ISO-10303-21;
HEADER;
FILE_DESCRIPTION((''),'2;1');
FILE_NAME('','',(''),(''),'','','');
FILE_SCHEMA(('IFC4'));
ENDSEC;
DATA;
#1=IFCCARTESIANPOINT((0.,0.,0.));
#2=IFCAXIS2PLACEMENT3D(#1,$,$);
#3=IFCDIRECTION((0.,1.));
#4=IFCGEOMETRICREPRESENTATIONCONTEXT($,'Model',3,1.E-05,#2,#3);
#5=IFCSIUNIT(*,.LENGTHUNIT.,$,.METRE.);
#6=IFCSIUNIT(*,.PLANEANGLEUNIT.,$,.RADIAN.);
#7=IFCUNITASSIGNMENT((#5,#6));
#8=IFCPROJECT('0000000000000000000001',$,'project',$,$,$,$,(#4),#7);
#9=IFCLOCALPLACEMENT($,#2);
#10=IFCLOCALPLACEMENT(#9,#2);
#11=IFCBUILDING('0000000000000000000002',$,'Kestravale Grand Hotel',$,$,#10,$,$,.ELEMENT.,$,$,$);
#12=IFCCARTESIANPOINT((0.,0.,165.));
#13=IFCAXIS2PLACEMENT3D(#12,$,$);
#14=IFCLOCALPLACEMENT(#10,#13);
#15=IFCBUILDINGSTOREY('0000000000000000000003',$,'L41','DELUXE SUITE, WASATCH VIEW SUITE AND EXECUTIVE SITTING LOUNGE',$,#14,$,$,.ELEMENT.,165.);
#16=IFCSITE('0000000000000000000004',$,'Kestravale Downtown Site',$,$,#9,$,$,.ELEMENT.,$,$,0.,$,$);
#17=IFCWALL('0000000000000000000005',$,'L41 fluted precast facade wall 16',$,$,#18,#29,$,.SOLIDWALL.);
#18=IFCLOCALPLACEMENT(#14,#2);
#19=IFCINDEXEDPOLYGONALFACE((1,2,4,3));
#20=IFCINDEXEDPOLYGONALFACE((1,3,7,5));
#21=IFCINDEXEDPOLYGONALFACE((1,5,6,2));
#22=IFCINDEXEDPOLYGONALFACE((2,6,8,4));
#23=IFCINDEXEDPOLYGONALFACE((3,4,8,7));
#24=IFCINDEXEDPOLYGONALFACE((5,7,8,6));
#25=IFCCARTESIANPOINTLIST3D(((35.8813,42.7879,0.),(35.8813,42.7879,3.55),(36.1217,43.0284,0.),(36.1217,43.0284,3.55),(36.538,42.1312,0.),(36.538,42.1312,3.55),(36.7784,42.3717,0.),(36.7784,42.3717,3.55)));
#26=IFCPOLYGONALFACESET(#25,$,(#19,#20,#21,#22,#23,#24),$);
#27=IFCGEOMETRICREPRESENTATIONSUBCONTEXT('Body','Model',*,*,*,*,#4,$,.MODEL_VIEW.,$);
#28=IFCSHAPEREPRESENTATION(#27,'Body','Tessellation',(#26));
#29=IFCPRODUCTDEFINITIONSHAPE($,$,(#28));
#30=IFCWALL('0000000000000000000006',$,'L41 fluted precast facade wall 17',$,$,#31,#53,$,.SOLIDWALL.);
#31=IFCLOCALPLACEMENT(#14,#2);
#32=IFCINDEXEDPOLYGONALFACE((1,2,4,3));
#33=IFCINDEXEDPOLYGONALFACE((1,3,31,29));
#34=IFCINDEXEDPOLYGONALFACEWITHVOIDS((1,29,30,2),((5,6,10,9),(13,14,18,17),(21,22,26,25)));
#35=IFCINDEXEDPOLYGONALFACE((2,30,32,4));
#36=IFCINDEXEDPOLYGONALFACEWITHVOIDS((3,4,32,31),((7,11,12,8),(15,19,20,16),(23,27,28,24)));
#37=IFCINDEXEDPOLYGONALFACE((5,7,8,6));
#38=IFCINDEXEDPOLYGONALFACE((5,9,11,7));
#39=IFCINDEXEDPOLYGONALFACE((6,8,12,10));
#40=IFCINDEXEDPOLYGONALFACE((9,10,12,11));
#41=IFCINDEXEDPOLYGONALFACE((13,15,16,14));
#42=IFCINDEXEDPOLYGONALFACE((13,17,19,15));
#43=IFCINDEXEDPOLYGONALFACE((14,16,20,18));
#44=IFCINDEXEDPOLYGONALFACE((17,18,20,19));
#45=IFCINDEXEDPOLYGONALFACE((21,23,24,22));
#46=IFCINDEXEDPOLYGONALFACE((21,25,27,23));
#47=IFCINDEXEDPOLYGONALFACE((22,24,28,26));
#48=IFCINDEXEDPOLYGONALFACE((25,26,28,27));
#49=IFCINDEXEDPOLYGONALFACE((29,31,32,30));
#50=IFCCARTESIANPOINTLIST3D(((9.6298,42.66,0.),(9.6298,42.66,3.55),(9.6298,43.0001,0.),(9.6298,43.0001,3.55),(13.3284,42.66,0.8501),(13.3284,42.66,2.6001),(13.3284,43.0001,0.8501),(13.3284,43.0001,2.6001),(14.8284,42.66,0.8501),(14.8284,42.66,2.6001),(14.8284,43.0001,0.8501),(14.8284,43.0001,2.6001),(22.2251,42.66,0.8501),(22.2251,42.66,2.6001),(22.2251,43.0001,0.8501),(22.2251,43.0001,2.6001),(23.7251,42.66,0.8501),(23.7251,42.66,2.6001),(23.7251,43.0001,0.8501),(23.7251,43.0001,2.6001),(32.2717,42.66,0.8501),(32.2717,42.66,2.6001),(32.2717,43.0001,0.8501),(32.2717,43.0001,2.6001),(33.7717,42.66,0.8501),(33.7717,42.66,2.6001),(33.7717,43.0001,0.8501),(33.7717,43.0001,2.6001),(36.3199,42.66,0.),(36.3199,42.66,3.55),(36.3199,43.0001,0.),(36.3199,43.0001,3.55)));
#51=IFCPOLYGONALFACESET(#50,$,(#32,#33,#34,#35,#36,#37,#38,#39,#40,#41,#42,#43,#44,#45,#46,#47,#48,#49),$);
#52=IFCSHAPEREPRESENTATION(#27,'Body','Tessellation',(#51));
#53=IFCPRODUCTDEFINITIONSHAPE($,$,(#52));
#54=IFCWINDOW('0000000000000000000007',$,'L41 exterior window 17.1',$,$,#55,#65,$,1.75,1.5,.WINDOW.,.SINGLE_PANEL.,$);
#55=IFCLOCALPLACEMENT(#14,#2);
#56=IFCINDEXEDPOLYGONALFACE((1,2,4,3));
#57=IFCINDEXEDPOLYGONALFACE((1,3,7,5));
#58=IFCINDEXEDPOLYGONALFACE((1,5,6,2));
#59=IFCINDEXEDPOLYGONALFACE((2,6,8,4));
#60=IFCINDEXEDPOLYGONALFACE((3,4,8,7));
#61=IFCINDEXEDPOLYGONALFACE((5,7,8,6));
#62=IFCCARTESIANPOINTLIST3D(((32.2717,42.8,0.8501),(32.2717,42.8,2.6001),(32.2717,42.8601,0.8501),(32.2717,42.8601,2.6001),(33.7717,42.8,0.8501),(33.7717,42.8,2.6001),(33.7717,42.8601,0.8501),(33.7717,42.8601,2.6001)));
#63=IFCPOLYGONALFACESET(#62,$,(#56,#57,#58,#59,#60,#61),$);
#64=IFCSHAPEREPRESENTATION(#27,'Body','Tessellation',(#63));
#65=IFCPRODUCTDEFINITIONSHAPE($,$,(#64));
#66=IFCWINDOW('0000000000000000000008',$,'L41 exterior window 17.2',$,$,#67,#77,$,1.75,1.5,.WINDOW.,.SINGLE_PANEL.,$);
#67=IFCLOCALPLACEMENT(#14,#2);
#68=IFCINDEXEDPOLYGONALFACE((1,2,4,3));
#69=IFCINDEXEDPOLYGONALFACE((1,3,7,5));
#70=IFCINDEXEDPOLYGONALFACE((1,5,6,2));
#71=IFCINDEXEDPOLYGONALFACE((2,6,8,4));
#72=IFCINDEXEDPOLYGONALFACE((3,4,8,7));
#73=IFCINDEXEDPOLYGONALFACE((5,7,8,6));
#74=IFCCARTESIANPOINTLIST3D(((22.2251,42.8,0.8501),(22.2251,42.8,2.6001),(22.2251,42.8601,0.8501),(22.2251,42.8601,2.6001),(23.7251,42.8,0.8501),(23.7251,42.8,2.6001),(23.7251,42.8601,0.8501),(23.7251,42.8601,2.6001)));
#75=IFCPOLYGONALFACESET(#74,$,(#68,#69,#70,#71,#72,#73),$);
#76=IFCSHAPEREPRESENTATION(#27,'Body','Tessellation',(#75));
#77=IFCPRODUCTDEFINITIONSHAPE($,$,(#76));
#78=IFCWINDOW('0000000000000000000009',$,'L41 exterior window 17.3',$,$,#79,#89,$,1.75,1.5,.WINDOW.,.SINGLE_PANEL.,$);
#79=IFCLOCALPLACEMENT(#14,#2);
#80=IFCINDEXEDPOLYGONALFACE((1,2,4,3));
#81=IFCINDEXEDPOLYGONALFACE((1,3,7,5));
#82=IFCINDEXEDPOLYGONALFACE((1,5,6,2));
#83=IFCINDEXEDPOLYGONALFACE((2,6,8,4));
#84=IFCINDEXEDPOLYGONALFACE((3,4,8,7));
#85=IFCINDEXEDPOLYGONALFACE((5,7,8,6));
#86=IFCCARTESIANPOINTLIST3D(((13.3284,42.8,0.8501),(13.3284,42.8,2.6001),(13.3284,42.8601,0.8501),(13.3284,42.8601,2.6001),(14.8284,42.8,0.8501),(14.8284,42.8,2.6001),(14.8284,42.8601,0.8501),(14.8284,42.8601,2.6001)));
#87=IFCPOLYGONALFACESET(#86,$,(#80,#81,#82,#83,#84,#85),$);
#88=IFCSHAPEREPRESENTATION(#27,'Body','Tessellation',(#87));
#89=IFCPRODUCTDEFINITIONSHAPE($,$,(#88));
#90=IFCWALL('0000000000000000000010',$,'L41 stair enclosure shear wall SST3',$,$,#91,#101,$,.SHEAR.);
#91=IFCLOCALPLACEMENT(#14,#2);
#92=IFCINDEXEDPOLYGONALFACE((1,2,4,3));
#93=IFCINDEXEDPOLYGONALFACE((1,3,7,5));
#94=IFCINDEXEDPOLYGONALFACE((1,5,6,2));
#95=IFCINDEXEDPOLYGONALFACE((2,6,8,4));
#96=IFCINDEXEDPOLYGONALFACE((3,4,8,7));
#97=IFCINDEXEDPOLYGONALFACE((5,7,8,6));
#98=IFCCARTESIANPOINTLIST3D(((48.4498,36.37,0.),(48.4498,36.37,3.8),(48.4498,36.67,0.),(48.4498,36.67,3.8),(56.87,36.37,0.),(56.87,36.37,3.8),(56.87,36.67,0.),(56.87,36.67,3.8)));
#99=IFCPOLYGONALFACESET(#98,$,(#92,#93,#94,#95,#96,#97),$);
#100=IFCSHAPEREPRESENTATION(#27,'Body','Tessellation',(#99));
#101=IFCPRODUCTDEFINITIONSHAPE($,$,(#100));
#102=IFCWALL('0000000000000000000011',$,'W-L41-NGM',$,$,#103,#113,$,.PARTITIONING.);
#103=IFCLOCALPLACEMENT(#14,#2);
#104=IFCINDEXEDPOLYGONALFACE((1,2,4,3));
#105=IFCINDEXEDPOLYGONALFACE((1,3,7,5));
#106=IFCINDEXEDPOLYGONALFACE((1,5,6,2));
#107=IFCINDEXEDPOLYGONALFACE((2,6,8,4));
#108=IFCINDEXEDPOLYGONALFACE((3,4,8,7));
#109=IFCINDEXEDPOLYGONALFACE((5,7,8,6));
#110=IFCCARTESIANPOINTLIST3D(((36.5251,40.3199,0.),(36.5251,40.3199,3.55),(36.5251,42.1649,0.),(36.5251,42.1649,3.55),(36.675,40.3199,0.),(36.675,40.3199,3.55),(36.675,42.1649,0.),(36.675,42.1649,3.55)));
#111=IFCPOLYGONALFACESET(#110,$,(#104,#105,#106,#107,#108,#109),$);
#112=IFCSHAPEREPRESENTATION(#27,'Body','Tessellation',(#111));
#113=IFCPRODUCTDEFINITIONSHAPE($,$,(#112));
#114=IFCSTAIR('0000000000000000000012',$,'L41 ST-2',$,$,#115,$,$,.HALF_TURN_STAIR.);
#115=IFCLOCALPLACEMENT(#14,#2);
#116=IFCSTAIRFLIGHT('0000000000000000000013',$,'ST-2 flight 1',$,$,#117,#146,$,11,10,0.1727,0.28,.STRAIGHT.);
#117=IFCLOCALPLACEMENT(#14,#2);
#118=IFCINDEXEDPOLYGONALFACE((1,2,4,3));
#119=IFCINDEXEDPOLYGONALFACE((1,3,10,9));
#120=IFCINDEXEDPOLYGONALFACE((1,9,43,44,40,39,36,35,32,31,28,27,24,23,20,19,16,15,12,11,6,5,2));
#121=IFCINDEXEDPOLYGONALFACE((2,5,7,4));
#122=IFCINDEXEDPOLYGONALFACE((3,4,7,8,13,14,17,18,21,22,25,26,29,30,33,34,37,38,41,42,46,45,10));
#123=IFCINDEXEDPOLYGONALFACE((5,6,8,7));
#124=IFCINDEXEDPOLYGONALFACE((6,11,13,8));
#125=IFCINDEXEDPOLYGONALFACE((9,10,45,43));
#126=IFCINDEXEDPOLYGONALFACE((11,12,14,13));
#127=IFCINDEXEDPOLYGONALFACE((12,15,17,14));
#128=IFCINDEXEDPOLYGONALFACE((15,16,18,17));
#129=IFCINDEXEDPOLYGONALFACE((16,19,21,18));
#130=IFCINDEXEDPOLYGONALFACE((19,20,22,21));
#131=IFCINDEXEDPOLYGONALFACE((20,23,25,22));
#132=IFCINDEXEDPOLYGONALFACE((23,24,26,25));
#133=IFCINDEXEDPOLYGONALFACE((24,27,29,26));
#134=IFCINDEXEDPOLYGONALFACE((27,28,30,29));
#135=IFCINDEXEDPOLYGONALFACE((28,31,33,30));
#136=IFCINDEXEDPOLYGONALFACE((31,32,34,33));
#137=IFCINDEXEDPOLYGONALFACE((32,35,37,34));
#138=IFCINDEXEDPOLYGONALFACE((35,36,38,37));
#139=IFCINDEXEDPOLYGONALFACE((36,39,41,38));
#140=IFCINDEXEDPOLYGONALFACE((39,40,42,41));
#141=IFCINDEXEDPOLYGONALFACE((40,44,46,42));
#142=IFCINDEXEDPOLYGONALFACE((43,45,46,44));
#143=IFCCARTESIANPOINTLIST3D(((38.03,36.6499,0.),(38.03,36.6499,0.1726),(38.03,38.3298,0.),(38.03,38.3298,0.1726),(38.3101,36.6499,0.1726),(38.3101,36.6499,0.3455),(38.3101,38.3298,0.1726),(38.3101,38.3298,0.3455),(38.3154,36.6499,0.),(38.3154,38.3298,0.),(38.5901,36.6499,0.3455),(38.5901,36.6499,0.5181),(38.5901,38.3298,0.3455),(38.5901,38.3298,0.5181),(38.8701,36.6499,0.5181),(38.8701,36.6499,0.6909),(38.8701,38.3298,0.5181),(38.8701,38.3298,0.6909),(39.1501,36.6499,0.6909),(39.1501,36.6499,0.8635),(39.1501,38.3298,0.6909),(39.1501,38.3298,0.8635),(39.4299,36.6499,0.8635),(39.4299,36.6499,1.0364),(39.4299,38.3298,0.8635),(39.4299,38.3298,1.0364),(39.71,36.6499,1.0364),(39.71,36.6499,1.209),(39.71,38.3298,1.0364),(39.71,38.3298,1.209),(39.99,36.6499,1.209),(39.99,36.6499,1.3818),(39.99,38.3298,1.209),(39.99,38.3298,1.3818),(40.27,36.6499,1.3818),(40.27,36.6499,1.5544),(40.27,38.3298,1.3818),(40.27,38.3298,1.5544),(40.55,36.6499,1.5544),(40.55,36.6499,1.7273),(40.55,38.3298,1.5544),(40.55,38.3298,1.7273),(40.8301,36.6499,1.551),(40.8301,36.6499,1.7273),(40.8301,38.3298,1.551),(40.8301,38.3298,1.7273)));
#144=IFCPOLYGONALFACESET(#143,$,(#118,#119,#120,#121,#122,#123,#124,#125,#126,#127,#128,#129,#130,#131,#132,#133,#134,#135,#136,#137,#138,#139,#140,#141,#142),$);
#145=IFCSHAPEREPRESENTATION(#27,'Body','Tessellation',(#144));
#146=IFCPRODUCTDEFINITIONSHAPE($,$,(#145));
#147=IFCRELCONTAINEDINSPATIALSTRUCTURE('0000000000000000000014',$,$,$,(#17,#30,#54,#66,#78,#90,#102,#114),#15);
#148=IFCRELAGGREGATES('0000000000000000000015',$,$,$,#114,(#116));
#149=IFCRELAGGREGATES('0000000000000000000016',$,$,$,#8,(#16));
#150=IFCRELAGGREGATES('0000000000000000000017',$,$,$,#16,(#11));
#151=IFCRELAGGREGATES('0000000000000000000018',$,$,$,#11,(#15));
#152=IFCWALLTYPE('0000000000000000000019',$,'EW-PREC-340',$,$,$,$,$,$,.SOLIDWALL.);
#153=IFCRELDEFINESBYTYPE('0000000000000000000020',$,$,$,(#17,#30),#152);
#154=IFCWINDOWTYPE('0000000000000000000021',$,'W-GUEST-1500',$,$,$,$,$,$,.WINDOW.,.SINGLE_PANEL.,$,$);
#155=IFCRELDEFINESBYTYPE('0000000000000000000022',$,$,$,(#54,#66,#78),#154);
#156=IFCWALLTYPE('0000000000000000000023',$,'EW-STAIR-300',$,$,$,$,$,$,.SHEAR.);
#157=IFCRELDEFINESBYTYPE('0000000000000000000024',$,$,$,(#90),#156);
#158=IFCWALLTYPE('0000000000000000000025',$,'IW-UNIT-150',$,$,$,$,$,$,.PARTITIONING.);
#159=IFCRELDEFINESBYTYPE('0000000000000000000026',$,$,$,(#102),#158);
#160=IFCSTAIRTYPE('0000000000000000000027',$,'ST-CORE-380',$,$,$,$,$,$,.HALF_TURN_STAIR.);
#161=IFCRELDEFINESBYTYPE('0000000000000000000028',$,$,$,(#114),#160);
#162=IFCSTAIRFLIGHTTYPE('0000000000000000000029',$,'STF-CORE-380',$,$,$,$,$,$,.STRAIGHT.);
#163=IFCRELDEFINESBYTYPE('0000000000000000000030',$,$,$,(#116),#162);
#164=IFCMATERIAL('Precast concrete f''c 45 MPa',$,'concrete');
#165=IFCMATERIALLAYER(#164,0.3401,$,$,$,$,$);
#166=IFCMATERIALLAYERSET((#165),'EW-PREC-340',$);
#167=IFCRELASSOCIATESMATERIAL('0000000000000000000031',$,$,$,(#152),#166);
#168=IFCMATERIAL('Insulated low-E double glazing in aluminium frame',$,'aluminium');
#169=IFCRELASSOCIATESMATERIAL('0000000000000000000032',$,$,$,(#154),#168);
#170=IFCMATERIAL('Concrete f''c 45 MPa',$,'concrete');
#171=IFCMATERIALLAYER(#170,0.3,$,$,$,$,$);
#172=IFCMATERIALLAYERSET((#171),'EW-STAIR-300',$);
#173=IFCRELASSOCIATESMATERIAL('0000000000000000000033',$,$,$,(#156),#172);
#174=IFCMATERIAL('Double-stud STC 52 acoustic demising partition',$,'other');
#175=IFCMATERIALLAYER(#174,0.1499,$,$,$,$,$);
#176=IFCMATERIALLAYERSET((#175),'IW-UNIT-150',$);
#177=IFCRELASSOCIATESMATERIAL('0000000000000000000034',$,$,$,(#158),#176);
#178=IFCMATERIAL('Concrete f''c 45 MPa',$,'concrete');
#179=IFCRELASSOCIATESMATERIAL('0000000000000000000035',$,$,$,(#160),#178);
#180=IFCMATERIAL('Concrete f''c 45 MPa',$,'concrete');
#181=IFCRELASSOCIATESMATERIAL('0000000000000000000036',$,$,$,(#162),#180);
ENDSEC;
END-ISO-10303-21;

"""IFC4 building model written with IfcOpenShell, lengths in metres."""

from ifc_helpers import new_model, si_unit, direction, frame, frame_2d, origin, place, context, subcontext, project, spatial, polyline, rectangle, outline, extrude, material, layer, layer_set, type_object, element, fill, aggregate, save


model = new_model("IFC4")

# Units and contexts
model_context = context("Model", 3, precision=1e-05, world=origin(), true_north=direction((0.0, 1.0)))
body_context = subcontext(model_context, "Body", "Model", "MODEL_VIEW")
ifc_project = project(units=[si_unit("LENGTHUNIT", "METRE"), si_unit("PLANEANGLEUNIT", "RADIAN")], contexts=[model_context])

# Site, building, storey
site_placement = place(None, origin())
site = spatial("IfcSite", under=ifc_project, at=site_placement, Name="Kestravale Downtown Site", CompositionType="ELEMENT", RefElevation=0.0)
building_placement = place(site_placement, origin())
building = spatial("IfcBuilding", under=site, at=building_placement, Name="Kestravale Grand Hotel", CompositionType="ELEMENT")
storey_placement = place(building_placement, frame((0.0, 0.0, 165.0)))
storey = spatial("IfcBuildingStorey", under=building, at=storey_placement, Name="L41", Description="DELUXE SUITE, WASATCH VIEW SUITE AND EXECUTIVE SITTING LOUNGE", CompositionType="ELEMENT", Elevation=165.0)

# Shared definitions
ifc_material_1 = material(Name="Precast concrete f'c 45 MPa", Category="concrete")
ifc_layer_1 = layer(ifc_material_1, 0.3401)
ifc_layer_set_1 = layer_set([ifc_layer_1], Name="EW-PREC-340")
wall_type_1 = type_object("IfcWallType", Name="EW-PREC-340", PredefinedType="SOLIDWALL", material=ifc_layer_set_1)

# Shared definitions
ifc_material_2 = material(Name="Insulated low-E double glazing in aluminium frame", Category="aluminium")
window_type = type_object("IfcWindowType", Name="W-GUEST-1500", PartitioningType="SINGLE_PANEL", PredefinedType="WINDOW", material=ifc_material_2)

# Wall
wall_1_placement = place(storey_placement, frame((36.6582, 42.2515, 0.0), z_axis=(0.0, 0.0, 1.0), x_axis=(-0.707107, 0.707107, 0.0)))
element("IfcWall", 1, at=wall_1_placement, inside=storey, type_object=wall_type_1, Name="L41 fluted precast facade wall 16", PredefinedType="SOLIDWALL", context=body_context, shape_type="SweptSolid", body=[
    extrude(rectangle(XDim=0.9287, YDim=0.3401, at=frame_2d((0.4644, 0.0))), origin(), (0.0, 0.0, 1.0), 3.55),
])

# Wall, openings, windows
wall_2_placement = place(storey_placement, frame((36.3201, 42.8301, 0.0), z_axis=(0.0, 0.0, 1.0), x_axis=(-1.0, 0.0, 0.0)))
wall_2 = element("IfcWall", 2, at=wall_2_placement, inside=storey, type_object=wall_type_1, Name="L41 fluted precast facade wall 17", PredefinedType="SOLIDWALL", context=body_context, shape_type="SweptSolid", body=[
    extrude(rectangle(XDim=26.6902, YDim=0.3401, at=frame_2d((13.3452, 0.0))), origin(), (0.0, 0.0, 1.0), 3.55),
])
opening_1_placement = place(wall_2_placement, frame((2.5483, 0.0, 0.8501)))
opening_1 = element("IfcOpeningElement", 3, at=opening_1_placement, cuts=wall_2, PredefinedType="OPENING", context=body_context, shape_type="SweptSolid", body=[
    extrude(rectangle(XDim=1.5, YDim=1.75, at=frame_2d((0.75, 0.875))), frame((0.0, 0.1799, 0.0), z_axis=(0.0, -1.0, 0.0), x_axis=(1.0, 0.0, 0.0)), (0.0, 0.0, 1.0), 0.3601),
])
opening_2_placement = place(wall_2_placement, frame((12.595, 0.0, 0.8501)))
opening_2 = element("IfcOpeningElement", 4, at=opening_2_placement, cuts=wall_2, PredefinedType="OPENING", context=body_context, shape_type="SweptSolid", body=[
    extrude(rectangle(XDim=1.5, YDim=1.75, at=frame_2d((0.75, 0.875))), frame((0.0, 0.1799, 0.0), z_axis=(0.0, -1.0, 0.0), x_axis=(1.0, 0.0, 0.0)), (0.0, 0.0, 1.0), 0.3601),
])
opening_3_placement = place(wall_2_placement, frame((21.4917, 0.0, 0.8501)))
opening_3 = element("IfcOpeningElement", 5, at=opening_3_placement, cuts=wall_2, PredefinedType="OPENING", context=body_context, shape_type="SweptSolid", body=[
    extrude(rectangle(XDim=1.5, YDim=1.75, at=frame_2d((0.75, 0.875))), frame((0.0, 0.1799, 0.0), z_axis=(0.0, -1.0, 0.0), x_axis=(1.0, 0.0, 0.0)), (0.0, 0.0, 1.0), 0.3601),
])
window_1_placement = place(opening_1_placement, origin())
window_1 = element("IfcWindow", 6, at=window_1_placement, inside=storey, type_object=window_type, Name="L41 exterior window 17.1", OverallHeight=1.75, OverallWidth=1.5, PartitioningType="SINGLE_PANEL", PredefinedType="WINDOW", context=body_context, shape_type="SweptSolid", body=[
    extrude(rectangle(XDim=1.5, YDim=1.75, at=frame_2d((0.75, 0.875))), frame((0.0, 0.03, 0.0), z_axis=(0.0, -1.0, 0.0), x_axis=(1.0, 0.0, 0.0)), (0.0, 0.0, 1.0), 0.0601),
])
fill(opening_1, window_1)
window_2_placement = place(opening_2_placement, origin())
window_2 = element("IfcWindow", 7, at=window_2_placement, inside=storey, type_object=window_type, Name="L41 exterior window 17.2", OverallHeight=1.75, OverallWidth=1.5, PartitioningType="SINGLE_PANEL", PredefinedType="WINDOW", context=body_context, shape_type="SweptSolid", body=[
    extrude(rectangle(XDim=1.5, YDim=1.75, at=frame_2d((0.75, 0.875))), frame((0.0, 0.03, 0.0), z_axis=(0.0, -1.0, 0.0), x_axis=(1.0, 0.0, 0.0)), (0.0, 0.0, 1.0), 0.0601),
])
fill(opening_2, window_2)
window_3_placement = place(opening_3_placement, origin())
window_3 = element("IfcWindow", 8, at=window_3_placement, inside=storey, type_object=window_type, Name="L41 exterior window 17.3", OverallHeight=1.75, OverallWidth=1.5, PartitioningType="SINGLE_PANEL", PredefinedType="WINDOW", context=body_context, shape_type="SweptSolid", body=[
    extrude(rectangle(XDim=1.5, YDim=1.75, at=frame_2d((0.75, 0.875))), frame((0.0, 0.03, 0.0), z_axis=(0.0, -1.0, 0.0), x_axis=(1.0, 0.0, 0.0)), (0.0, 0.0, 1.0), 0.0601),
])
fill(opening_3, window_3)

# Walls
ifc_material_3 = material(Name="Concrete f'c 45 MPa", Category="concrete")
ifc_layer_2 = layer(ifc_material_3, 0.3)
ifc_layer_set_2 = layer_set([ifc_layer_2], Name="EW-STAIR-300")
wall_type_2 = type_object("IfcWallType", Name="EW-STAIR-300", PredefinedType="SHEAR", material=ifc_layer_set_2)
wall_3_placement = place(storey_placement, frame((48.45, 36.52, 0.0), z_axis=(0.0, 0.0, 1.0), x_axis=(1.0, 0.0, 0.0)))
element("IfcWall", 9, at=wall_3_placement, inside=storey, type_object=wall_type_2, Name="L41 stair enclosure shear wall SST3", PredefinedType="SHEAR", context=body_context, shape_type="SweptSolid", body=[
    extrude(rectangle(XDim=8.4202, YDim=0.3, at=frame_2d((4.21, 0.0))), origin(), (0.0, 0.0, 1.0), 3.8),
])
ifc_material_4 = material(Name="Double-stud STC 52 acoustic demising partition", Category="other")
ifc_layer_3 = layer(ifc_material_4, 0.1499)
ifc_layer_set_3 = layer_set([ifc_layer_3], Name="IW-UNIT-150")
wall_type_3 = type_object("IfcWallType", Name="IW-UNIT-150", PredefinedType="PARTITIONING", material=ifc_layer_set_3)
wall_4_placement = place(storey_placement, frame((36.6001, 40.3201, 0.0), z_axis=(0.0, 0.0, 1.0), x_axis=(0.0, 1.0, 0.0)))
element("IfcWall", 10, at=wall_4_placement, inside=storey, type_object=wall_type_3, Name="W-L41-NGM", PredefinedType="PARTITIONING", context=body_context, shape_type="SweptSolid", body=[
    extrude(rectangle(XDim=1.845, YDim=0.1499, at=frame_2d((0.9224, 0.0))), origin(), (0.0, 0.0, 1.0), 3.55),
])

# Stair, stair flight
ifc_material_5 = material(Name="Concrete f'c 45 MPa", Category="concrete")
stair_type = type_object("IfcStairType", Name="ST-CORE-380", PredefinedType="HALF_TURN_STAIR", material=ifc_material_5)
stair_placement = place(storey_placement, origin())
stair = element("IfcStair", 11, at=stair_placement, inside=storey, type_object=stair_type, Name="L41 ST-2", PredefinedType="HALF_TURN_STAIR")
ifc_material_6 = material(Name="Concrete f'c 45 MPa", Category="concrete")
stair_flight_type = type_object("IfcStairFlightType", Name="STF-CORE-380", PredefinedType="STRAIGHT", material=ifc_material_6)
stair_flight_1_placement = place(storey_placement, frame((38.03, 37.49, 0.0), z_axis=(0.0, 0.0, 1.0), x_axis=(1.0, 0.0, 0.0)))
stair_flight_1 = element("IfcStairFlight", 12, at=stair_flight_1_placement, type_object=stair_flight_type, Name="ST-2 flight 1", NumberOfRisers=11, NumberOfTreads=10, PredefinedType="STRAIGHT", RiserHeight=0.1727, TreadLength=0.28, context=body_context, shape_type="SweptSolid", body=[
    extrude(outline(polyline([(0.0, 0.0), (0.0, 0.1726), (0.28, 0.1726), (0.28, 0.3455), (0.5601, 0.3455), (0.5601, 0.5181), (0.8401, 0.5181), (0.8401, 0.6909), (1.1201, 0.6909), (1.1201, 0.8635), (1.3999, 0.8635), (1.3999, 1.0364), (1.6799, 1.0364), (1.6799, 1.209), (1.96, 1.209), (1.96, 1.3818), (2.24, 1.3818), (2.24, 1.5544), (2.52, 1.5544), (2.52, 1.7273), (2.8, 1.7273), (2.8, 1.8999), (2.8, 1.551), (0.2854, 0.0), (0.0, 0.0)])), frame((0.0, 0.8398, 0.0), z_axis=(0.0, -1.0, 0.0), x_axis=(1.0, 0.0, 0.0)), (0.0, 0.0, 1.0), 1.6799),
])
aggregate(stair, [stair_flight_1])

save(model, "model.ifc")
